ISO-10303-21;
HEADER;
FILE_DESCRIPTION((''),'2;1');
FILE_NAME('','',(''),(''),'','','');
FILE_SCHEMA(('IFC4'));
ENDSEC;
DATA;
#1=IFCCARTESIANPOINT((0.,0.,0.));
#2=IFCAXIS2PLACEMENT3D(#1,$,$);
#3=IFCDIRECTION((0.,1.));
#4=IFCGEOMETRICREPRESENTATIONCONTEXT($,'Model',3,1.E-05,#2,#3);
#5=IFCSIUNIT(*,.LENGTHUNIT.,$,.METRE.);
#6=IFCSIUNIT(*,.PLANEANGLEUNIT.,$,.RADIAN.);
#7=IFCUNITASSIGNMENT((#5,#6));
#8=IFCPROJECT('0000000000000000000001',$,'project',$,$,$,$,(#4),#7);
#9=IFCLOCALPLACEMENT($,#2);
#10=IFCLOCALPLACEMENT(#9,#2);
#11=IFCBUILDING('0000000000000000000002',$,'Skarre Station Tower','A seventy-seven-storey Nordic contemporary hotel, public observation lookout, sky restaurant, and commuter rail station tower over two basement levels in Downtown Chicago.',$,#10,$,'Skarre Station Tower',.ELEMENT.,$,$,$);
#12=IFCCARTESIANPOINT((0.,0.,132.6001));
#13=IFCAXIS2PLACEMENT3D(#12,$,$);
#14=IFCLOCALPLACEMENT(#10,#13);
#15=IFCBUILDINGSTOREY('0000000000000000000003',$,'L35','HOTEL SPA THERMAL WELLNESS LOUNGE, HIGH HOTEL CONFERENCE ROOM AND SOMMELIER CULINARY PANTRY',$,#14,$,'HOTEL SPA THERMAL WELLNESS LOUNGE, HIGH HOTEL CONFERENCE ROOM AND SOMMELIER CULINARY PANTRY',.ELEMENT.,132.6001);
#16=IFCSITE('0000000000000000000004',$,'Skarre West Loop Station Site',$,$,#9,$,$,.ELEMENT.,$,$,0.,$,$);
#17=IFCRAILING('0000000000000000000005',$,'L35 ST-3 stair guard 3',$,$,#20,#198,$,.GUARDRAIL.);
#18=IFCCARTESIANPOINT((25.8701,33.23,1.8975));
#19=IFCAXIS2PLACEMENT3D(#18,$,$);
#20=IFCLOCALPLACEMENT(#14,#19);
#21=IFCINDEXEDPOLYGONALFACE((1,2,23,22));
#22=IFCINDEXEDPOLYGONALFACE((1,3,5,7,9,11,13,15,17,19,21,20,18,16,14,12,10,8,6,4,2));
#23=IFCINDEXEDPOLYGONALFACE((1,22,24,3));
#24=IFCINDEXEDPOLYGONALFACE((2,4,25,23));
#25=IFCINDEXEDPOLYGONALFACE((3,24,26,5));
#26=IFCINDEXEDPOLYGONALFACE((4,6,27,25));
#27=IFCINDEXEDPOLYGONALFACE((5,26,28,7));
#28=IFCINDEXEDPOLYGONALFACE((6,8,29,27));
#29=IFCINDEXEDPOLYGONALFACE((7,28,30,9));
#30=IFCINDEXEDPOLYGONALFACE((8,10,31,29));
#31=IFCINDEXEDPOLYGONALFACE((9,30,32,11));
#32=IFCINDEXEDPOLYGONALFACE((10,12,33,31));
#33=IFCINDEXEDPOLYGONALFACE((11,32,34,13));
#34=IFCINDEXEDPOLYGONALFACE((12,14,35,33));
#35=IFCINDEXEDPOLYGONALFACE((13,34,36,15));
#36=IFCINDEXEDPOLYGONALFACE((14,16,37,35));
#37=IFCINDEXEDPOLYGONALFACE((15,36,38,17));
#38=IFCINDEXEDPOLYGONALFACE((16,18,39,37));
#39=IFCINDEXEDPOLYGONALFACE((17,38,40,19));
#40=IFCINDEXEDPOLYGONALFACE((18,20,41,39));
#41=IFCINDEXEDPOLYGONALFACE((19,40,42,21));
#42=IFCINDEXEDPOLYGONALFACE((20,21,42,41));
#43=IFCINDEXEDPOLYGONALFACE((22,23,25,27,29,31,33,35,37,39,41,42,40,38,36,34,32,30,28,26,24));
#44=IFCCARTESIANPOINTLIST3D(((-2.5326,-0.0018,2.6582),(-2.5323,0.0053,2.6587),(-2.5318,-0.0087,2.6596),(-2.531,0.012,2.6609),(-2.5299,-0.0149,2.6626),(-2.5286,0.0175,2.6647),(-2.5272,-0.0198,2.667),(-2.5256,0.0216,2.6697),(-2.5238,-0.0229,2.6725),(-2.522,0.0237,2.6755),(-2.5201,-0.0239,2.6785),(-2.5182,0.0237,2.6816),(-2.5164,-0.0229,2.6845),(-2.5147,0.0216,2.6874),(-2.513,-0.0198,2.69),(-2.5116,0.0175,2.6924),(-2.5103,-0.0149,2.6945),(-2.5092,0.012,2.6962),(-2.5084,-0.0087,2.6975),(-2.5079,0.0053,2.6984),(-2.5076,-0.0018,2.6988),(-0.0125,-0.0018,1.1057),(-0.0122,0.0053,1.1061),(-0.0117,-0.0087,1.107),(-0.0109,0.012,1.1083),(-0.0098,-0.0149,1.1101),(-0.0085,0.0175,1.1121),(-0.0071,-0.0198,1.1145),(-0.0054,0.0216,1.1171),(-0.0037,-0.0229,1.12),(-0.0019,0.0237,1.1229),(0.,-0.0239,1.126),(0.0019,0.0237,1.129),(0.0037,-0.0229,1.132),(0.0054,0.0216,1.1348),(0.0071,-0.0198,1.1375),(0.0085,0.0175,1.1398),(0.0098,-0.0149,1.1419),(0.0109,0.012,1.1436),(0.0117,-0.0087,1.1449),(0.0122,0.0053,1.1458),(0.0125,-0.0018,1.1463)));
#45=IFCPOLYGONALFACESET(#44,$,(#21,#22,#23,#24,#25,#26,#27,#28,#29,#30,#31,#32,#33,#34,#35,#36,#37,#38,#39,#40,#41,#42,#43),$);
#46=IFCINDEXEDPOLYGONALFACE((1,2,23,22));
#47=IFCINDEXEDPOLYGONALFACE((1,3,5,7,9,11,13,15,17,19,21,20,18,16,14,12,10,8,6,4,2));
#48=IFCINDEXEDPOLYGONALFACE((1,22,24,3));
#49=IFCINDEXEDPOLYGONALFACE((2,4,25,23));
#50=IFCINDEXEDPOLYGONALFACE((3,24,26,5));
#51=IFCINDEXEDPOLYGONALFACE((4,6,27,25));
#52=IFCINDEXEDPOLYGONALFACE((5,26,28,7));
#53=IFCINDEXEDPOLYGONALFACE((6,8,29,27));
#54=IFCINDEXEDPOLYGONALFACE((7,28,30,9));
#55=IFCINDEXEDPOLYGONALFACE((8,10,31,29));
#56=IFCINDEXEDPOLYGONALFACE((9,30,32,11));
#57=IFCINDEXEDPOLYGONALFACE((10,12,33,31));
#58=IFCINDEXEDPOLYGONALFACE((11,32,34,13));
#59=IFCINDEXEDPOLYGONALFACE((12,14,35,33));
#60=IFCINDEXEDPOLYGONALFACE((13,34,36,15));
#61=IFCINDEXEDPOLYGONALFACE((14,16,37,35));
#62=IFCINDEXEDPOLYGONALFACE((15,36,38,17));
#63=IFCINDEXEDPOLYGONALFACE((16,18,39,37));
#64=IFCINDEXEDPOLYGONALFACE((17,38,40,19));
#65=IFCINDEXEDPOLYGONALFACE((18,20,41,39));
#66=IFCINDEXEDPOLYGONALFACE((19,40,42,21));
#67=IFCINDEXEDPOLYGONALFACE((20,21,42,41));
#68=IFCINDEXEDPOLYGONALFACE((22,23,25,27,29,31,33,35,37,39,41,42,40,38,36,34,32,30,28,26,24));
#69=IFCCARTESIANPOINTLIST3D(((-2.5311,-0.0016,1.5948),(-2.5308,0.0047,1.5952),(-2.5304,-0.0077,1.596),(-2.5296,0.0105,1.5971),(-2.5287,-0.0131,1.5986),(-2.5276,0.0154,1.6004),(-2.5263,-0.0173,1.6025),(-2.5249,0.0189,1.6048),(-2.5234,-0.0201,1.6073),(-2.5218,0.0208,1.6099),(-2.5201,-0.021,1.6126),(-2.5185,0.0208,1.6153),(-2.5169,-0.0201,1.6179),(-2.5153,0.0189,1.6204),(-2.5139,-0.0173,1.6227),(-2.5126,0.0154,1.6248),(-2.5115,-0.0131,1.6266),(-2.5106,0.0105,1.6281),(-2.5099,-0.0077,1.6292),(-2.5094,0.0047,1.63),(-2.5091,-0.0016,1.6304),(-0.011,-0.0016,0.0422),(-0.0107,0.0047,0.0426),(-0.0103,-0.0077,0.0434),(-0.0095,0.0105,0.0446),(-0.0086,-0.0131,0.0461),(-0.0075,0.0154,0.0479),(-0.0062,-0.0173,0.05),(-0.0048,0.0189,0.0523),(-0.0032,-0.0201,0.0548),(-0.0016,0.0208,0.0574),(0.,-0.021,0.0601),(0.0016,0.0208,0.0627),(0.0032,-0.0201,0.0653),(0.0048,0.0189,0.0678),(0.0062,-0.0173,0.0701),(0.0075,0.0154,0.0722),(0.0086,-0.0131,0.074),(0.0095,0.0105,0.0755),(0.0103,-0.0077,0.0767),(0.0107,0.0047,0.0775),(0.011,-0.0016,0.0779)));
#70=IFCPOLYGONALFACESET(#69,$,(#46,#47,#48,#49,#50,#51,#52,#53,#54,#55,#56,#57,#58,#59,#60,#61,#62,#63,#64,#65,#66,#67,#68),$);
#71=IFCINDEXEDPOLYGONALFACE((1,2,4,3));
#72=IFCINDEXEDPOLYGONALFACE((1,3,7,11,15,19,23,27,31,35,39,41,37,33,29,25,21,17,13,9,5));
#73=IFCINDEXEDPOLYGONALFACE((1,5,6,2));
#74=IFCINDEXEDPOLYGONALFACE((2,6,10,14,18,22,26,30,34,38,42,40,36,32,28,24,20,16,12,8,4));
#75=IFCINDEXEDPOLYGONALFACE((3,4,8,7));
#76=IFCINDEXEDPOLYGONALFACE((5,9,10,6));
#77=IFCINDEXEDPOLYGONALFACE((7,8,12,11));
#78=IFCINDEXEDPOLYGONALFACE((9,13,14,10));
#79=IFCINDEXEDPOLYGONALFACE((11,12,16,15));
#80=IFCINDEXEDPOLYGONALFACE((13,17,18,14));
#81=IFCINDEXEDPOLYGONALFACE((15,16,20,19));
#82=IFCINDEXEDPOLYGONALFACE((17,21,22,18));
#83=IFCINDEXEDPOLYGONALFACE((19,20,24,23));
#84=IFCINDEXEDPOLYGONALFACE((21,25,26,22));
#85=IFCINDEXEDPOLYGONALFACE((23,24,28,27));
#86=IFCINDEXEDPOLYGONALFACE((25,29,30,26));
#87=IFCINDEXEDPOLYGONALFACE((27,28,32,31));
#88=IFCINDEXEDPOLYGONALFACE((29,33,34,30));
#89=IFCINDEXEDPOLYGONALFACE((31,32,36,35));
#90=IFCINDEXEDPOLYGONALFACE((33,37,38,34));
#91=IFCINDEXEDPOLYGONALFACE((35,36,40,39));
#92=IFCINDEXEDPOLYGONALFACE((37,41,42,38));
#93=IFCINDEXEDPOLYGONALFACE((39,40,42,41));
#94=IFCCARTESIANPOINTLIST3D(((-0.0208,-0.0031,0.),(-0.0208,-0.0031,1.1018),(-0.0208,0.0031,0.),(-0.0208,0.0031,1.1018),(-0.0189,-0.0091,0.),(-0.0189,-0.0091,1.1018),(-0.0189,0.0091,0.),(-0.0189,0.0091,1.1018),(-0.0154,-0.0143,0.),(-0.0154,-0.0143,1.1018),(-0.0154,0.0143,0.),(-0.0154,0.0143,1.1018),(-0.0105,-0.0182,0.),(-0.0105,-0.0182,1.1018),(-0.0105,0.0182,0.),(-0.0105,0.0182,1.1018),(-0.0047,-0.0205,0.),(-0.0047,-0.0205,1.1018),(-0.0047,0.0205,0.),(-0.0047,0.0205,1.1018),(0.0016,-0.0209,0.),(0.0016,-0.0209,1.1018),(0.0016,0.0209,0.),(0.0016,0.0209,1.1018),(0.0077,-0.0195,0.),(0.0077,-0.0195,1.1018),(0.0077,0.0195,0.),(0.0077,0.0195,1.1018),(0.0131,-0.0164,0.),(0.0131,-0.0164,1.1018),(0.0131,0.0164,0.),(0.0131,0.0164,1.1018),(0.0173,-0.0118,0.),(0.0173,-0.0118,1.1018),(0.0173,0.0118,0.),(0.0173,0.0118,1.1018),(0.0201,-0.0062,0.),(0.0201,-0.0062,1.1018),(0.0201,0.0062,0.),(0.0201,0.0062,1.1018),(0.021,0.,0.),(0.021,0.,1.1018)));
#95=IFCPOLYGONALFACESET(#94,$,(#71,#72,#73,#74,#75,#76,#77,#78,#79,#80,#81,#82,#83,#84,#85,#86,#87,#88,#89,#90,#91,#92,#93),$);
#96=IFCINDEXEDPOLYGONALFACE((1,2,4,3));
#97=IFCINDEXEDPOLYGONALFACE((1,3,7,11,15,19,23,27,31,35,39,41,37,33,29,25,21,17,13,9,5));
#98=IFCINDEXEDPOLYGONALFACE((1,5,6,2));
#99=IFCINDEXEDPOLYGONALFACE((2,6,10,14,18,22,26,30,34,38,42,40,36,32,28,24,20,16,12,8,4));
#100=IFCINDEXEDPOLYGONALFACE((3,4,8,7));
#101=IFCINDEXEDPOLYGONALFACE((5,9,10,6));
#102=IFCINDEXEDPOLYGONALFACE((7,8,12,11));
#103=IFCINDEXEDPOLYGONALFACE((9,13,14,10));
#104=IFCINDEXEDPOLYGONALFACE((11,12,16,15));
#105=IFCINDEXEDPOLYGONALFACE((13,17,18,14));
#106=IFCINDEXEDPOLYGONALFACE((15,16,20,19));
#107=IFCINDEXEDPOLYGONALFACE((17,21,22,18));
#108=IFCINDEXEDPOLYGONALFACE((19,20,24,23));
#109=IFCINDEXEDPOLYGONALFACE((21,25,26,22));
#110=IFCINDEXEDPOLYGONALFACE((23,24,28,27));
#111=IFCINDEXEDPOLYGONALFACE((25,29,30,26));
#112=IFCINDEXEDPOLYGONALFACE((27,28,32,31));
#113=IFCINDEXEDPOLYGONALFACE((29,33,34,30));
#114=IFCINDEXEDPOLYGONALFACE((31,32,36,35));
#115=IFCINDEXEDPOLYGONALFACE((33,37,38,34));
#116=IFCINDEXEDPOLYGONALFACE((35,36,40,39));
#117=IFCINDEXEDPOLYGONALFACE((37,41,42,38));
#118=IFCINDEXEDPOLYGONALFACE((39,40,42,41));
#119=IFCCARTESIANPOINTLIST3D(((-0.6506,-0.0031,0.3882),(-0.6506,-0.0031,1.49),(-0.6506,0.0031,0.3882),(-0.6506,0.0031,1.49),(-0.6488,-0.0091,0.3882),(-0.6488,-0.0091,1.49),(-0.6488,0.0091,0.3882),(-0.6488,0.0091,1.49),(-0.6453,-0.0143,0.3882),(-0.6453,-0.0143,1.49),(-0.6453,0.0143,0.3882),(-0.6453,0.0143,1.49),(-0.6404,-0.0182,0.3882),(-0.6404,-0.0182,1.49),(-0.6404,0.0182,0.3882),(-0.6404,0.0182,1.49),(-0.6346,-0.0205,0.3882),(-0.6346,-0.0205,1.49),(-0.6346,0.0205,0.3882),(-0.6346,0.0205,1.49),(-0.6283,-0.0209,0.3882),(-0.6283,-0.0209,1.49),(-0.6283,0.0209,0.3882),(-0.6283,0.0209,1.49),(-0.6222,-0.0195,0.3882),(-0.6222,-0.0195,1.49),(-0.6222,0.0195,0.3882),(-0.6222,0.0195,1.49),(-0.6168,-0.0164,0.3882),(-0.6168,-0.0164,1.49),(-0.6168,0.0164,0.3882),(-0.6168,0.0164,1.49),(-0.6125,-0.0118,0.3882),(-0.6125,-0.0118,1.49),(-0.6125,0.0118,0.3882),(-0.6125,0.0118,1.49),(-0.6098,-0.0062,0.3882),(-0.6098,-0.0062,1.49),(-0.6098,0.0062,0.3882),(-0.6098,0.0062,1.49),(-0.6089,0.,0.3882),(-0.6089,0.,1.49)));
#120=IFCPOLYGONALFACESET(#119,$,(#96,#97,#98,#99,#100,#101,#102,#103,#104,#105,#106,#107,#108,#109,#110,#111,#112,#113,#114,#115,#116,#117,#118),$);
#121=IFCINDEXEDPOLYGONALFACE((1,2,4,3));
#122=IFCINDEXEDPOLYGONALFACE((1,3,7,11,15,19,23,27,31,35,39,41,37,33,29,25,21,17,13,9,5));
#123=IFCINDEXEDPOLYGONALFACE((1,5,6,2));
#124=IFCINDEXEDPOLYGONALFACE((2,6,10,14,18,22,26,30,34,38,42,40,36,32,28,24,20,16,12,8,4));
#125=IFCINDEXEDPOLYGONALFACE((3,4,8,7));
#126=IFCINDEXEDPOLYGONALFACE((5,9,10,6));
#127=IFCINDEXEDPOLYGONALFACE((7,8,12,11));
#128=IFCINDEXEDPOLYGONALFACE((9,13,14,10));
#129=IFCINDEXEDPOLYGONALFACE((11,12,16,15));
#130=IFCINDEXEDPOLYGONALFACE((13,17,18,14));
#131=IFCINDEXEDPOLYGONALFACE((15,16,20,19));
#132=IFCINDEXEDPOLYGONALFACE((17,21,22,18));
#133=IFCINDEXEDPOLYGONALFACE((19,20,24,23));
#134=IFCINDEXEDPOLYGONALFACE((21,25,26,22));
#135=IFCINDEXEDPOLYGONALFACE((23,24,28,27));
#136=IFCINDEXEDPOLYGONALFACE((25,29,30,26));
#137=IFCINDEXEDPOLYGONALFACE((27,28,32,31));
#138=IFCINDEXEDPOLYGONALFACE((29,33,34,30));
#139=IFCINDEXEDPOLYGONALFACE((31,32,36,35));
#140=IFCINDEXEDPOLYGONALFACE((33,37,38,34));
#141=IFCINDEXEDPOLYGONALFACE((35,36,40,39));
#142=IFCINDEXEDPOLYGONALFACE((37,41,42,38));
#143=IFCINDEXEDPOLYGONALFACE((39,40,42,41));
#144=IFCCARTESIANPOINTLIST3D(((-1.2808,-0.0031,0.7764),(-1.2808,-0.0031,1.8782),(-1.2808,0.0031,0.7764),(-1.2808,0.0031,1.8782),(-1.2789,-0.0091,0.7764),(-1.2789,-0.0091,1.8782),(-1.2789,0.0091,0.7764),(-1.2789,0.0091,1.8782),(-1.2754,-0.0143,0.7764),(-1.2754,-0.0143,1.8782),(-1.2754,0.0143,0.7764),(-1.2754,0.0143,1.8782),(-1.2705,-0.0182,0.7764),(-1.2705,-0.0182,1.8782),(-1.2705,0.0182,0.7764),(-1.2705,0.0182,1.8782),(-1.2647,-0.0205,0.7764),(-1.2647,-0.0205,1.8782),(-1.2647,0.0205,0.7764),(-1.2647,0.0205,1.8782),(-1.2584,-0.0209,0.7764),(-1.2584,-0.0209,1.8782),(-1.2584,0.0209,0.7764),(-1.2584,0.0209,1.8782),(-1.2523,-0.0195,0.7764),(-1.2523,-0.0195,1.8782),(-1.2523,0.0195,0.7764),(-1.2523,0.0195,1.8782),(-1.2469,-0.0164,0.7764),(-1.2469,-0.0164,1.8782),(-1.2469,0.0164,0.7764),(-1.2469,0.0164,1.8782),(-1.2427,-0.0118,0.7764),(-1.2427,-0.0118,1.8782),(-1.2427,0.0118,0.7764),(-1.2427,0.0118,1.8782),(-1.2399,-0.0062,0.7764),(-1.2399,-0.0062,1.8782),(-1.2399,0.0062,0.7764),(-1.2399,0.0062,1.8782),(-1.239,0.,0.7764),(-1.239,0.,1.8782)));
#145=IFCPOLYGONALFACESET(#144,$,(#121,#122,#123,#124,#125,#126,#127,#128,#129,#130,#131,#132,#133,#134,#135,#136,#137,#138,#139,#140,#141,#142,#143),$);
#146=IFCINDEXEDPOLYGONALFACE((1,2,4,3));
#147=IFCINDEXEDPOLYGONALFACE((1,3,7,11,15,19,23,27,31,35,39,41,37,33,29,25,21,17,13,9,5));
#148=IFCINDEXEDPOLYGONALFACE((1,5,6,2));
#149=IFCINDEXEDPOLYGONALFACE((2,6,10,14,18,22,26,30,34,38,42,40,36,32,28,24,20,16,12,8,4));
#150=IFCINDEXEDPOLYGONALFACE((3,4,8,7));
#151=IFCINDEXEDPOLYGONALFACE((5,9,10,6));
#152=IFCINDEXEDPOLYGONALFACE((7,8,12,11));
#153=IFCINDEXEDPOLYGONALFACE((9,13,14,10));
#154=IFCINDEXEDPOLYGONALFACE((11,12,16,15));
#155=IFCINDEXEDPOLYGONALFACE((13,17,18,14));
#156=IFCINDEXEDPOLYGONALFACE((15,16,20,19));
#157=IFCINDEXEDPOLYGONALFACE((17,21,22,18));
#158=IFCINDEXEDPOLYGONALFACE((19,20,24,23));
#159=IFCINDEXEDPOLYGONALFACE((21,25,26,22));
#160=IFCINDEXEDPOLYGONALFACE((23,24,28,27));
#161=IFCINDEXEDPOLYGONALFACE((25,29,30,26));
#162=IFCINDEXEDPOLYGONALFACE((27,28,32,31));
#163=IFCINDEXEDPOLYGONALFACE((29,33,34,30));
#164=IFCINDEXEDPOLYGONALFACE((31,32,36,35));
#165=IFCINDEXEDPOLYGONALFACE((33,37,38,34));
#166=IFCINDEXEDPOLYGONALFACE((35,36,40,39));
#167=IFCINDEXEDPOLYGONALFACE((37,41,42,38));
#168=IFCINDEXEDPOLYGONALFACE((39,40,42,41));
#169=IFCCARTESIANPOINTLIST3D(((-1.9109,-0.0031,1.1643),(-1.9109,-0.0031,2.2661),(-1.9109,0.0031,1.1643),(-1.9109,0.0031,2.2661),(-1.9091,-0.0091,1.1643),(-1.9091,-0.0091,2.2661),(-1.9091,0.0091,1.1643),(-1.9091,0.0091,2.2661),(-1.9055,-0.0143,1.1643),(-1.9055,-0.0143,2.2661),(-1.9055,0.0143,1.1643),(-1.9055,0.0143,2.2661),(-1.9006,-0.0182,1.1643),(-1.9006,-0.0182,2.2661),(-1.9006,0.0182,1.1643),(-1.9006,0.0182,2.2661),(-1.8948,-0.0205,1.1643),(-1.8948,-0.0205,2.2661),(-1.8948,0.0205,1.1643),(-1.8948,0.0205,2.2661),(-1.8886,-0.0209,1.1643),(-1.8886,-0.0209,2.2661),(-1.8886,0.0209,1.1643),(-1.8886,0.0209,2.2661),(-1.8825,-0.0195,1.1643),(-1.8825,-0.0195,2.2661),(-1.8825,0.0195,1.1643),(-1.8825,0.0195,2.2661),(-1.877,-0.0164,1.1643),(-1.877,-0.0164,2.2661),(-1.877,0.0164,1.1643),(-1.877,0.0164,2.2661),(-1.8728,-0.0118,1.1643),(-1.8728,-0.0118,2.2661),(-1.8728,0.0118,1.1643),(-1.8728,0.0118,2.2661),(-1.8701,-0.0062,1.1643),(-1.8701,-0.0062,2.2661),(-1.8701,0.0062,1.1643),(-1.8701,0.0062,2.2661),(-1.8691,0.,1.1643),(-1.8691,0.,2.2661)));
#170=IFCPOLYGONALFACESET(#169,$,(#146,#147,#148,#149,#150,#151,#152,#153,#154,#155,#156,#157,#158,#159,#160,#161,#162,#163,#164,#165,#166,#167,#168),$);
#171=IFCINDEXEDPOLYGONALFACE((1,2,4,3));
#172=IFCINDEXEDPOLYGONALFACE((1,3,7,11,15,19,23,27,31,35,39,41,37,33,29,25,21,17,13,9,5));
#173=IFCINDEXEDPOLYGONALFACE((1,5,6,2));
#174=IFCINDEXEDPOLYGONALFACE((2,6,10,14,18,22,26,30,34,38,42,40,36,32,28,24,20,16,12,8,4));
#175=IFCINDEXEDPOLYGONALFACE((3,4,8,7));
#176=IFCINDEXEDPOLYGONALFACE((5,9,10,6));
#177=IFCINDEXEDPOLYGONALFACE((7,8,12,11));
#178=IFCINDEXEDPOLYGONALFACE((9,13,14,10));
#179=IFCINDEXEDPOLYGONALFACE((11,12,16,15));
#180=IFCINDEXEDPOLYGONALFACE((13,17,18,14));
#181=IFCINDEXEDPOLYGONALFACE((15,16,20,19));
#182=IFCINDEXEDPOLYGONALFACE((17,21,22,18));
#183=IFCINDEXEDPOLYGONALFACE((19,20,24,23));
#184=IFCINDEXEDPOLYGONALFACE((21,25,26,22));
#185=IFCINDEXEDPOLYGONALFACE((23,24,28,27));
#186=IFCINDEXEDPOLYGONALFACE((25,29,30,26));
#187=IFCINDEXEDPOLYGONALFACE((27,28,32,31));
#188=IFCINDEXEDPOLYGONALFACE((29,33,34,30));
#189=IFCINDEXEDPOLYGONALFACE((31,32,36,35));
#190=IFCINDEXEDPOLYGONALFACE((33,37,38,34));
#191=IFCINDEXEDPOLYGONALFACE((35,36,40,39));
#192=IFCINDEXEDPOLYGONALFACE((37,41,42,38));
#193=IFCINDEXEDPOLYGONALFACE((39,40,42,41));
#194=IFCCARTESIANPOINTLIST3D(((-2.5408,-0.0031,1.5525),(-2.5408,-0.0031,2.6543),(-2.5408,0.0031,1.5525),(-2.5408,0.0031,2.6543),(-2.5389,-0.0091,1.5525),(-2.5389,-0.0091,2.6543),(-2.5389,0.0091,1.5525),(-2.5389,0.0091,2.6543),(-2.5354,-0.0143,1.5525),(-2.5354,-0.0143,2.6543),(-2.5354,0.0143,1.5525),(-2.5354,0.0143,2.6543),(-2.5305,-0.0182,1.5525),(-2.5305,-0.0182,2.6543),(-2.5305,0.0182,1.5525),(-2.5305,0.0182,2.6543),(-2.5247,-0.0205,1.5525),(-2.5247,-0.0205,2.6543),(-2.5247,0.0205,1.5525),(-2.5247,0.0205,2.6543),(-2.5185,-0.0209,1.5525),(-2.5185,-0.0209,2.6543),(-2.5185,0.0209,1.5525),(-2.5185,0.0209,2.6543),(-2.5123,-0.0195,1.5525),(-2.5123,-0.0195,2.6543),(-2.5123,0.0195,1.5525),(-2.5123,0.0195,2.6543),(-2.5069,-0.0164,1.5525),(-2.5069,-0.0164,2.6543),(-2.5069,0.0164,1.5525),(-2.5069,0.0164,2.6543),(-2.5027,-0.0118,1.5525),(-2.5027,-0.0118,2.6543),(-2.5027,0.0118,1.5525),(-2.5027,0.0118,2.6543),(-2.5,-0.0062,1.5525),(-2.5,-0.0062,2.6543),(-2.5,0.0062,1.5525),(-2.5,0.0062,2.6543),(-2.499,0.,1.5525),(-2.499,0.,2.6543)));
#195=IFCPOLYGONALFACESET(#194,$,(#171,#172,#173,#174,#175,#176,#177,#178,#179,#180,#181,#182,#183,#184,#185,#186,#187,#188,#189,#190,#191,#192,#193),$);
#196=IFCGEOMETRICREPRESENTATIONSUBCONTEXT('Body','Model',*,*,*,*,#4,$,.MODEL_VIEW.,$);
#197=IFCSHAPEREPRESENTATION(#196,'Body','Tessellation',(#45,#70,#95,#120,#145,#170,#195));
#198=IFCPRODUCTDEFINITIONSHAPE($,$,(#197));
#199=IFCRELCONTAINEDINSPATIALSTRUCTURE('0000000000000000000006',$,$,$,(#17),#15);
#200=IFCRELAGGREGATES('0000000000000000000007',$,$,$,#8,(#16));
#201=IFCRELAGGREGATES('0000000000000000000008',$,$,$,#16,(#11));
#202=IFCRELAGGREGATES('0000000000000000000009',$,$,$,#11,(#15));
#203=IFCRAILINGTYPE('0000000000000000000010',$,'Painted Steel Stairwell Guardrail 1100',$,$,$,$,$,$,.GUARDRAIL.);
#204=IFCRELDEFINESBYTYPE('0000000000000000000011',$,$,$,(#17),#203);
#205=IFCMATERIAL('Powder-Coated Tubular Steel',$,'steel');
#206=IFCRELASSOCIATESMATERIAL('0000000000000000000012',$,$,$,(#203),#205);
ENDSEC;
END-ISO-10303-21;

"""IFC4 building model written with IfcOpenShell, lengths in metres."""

from ifc_helpers import new_model, si_unit, direction, frame, origin, origin_2d, place, context, subcontext, project, spatial, circle, extrude, material, type_object, element, save


model = new_model("IFC4")

# Units and contexts
model_context = context("Model", 3, precision=1e-05, world=origin(), true_north=direction((0.0, 1.0)))
body_context = subcontext(model_context, "Body", "Model", "MODEL_VIEW")
ifc_project = project(units=[si_unit("LENGTHUNIT", "METRE"), si_unit("PLANEANGLEUNIT", "RADIAN")], contexts=[model_context])

# Site, building, storey
site_placement = place(None, origin())
site = spatial("IfcSite", under=ifc_project, at=site_placement, Name="Skarre West Loop Station Site", CompositionType="ELEMENT", RefElevation=0.0)
building_placement = place(site_placement, origin())
building = spatial("IfcBuilding", under=site, at=building_placement, Name="Skarre Station Tower", Description="A seventy-seven-storey Nordic contemporary hotel, public observation lookout, sky restaurant, and commuter rail station tower over two basement levels in Downtown Chicago.", LongName="Skarre Station Tower", CompositionType="ELEMENT")
storey_placement = place(building_placement, frame((0.0, 0.0, 132.6001)))
storey = spatial("IfcBuildingStorey", under=building, at=storey_placement, Name="L35", Description="HOTEL SPA THERMAL WELLNESS LOUNGE, HIGH HOTEL CONFERENCE ROOM AND SOMMELIER CULINARY PANTRY", LongName="HOTEL SPA THERMAL WELLNESS LOUNGE, HIGH HOTEL CONFERENCE ROOM AND SOMMELIER CULINARY PANTRY", CompositionType="ELEMENT", Elevation=132.6001)

# Railing
ifc_material_1 = material(Name="Powder-Coated Tubular Steel", Category="steel")
railing_type_1 = type_object("IfcRailingType", Name="Painted Steel Stairwell Guardrail 1100", PredefinedType="GUARDRAIL", material=ifc_material_1)
railing_1_placement = place(storey_placement, frame((25.8701, 33.23, 1.8975)))
element("IfcRailing", 1, at=railing_1_placement, inside=storey, type_object=railing_type_1, Name="L35 ST-3 stair guard 3", PredefinedType="GUARDRAIL", context=body_context, shape_type="SweptSolid", body=[
    extrude(circle(Radius=0.0239, at=origin_2d()), frame((0.0, 0.0, 1.126), z_axis=(-0.8514, 0.0, 0.524516), x_axis=(0.0, -1.0, 0.0)), (0.0, 0.0, 1.0), 2.96),
    extrude(circle(Radius=0.021, at=origin_2d()), frame((0.0, 0.0, 0.0601), z_axis=(-0.8514, 0.0, 0.524516), x_axis=(0.0, -1.0, 0.0)), (0.0, 0.0, 1.0), 2.96),
    extrude(circle(Radius=0.021, at=origin_2d()), origin(), (0.0, 0.0, 1.0), 1.1018),
    extrude(circle(Radius=0.021, at=origin_2d()), frame((-0.6299, 0.0, 0.3882)), (0.0, 0.0, 1.0), 1.1018),
    extrude(circle(Radius=0.021, at=origin_2d()), frame((-1.26, 0.0, 0.7764)), (0.0, 0.0, 1.0), 1.1018),
    extrude(circle(Radius=0.021, at=origin_2d()), frame((-1.8901, 0.0, 1.1643)), (0.0, 0.0, 1.0), 1.1018),
    extrude(circle(Radius=0.021, at=origin_2d()), frame((-2.52, 0.0, 1.5525)), (0.0, 0.0, 1.0), 1.1018),
])

save(model, "model.ifc")
